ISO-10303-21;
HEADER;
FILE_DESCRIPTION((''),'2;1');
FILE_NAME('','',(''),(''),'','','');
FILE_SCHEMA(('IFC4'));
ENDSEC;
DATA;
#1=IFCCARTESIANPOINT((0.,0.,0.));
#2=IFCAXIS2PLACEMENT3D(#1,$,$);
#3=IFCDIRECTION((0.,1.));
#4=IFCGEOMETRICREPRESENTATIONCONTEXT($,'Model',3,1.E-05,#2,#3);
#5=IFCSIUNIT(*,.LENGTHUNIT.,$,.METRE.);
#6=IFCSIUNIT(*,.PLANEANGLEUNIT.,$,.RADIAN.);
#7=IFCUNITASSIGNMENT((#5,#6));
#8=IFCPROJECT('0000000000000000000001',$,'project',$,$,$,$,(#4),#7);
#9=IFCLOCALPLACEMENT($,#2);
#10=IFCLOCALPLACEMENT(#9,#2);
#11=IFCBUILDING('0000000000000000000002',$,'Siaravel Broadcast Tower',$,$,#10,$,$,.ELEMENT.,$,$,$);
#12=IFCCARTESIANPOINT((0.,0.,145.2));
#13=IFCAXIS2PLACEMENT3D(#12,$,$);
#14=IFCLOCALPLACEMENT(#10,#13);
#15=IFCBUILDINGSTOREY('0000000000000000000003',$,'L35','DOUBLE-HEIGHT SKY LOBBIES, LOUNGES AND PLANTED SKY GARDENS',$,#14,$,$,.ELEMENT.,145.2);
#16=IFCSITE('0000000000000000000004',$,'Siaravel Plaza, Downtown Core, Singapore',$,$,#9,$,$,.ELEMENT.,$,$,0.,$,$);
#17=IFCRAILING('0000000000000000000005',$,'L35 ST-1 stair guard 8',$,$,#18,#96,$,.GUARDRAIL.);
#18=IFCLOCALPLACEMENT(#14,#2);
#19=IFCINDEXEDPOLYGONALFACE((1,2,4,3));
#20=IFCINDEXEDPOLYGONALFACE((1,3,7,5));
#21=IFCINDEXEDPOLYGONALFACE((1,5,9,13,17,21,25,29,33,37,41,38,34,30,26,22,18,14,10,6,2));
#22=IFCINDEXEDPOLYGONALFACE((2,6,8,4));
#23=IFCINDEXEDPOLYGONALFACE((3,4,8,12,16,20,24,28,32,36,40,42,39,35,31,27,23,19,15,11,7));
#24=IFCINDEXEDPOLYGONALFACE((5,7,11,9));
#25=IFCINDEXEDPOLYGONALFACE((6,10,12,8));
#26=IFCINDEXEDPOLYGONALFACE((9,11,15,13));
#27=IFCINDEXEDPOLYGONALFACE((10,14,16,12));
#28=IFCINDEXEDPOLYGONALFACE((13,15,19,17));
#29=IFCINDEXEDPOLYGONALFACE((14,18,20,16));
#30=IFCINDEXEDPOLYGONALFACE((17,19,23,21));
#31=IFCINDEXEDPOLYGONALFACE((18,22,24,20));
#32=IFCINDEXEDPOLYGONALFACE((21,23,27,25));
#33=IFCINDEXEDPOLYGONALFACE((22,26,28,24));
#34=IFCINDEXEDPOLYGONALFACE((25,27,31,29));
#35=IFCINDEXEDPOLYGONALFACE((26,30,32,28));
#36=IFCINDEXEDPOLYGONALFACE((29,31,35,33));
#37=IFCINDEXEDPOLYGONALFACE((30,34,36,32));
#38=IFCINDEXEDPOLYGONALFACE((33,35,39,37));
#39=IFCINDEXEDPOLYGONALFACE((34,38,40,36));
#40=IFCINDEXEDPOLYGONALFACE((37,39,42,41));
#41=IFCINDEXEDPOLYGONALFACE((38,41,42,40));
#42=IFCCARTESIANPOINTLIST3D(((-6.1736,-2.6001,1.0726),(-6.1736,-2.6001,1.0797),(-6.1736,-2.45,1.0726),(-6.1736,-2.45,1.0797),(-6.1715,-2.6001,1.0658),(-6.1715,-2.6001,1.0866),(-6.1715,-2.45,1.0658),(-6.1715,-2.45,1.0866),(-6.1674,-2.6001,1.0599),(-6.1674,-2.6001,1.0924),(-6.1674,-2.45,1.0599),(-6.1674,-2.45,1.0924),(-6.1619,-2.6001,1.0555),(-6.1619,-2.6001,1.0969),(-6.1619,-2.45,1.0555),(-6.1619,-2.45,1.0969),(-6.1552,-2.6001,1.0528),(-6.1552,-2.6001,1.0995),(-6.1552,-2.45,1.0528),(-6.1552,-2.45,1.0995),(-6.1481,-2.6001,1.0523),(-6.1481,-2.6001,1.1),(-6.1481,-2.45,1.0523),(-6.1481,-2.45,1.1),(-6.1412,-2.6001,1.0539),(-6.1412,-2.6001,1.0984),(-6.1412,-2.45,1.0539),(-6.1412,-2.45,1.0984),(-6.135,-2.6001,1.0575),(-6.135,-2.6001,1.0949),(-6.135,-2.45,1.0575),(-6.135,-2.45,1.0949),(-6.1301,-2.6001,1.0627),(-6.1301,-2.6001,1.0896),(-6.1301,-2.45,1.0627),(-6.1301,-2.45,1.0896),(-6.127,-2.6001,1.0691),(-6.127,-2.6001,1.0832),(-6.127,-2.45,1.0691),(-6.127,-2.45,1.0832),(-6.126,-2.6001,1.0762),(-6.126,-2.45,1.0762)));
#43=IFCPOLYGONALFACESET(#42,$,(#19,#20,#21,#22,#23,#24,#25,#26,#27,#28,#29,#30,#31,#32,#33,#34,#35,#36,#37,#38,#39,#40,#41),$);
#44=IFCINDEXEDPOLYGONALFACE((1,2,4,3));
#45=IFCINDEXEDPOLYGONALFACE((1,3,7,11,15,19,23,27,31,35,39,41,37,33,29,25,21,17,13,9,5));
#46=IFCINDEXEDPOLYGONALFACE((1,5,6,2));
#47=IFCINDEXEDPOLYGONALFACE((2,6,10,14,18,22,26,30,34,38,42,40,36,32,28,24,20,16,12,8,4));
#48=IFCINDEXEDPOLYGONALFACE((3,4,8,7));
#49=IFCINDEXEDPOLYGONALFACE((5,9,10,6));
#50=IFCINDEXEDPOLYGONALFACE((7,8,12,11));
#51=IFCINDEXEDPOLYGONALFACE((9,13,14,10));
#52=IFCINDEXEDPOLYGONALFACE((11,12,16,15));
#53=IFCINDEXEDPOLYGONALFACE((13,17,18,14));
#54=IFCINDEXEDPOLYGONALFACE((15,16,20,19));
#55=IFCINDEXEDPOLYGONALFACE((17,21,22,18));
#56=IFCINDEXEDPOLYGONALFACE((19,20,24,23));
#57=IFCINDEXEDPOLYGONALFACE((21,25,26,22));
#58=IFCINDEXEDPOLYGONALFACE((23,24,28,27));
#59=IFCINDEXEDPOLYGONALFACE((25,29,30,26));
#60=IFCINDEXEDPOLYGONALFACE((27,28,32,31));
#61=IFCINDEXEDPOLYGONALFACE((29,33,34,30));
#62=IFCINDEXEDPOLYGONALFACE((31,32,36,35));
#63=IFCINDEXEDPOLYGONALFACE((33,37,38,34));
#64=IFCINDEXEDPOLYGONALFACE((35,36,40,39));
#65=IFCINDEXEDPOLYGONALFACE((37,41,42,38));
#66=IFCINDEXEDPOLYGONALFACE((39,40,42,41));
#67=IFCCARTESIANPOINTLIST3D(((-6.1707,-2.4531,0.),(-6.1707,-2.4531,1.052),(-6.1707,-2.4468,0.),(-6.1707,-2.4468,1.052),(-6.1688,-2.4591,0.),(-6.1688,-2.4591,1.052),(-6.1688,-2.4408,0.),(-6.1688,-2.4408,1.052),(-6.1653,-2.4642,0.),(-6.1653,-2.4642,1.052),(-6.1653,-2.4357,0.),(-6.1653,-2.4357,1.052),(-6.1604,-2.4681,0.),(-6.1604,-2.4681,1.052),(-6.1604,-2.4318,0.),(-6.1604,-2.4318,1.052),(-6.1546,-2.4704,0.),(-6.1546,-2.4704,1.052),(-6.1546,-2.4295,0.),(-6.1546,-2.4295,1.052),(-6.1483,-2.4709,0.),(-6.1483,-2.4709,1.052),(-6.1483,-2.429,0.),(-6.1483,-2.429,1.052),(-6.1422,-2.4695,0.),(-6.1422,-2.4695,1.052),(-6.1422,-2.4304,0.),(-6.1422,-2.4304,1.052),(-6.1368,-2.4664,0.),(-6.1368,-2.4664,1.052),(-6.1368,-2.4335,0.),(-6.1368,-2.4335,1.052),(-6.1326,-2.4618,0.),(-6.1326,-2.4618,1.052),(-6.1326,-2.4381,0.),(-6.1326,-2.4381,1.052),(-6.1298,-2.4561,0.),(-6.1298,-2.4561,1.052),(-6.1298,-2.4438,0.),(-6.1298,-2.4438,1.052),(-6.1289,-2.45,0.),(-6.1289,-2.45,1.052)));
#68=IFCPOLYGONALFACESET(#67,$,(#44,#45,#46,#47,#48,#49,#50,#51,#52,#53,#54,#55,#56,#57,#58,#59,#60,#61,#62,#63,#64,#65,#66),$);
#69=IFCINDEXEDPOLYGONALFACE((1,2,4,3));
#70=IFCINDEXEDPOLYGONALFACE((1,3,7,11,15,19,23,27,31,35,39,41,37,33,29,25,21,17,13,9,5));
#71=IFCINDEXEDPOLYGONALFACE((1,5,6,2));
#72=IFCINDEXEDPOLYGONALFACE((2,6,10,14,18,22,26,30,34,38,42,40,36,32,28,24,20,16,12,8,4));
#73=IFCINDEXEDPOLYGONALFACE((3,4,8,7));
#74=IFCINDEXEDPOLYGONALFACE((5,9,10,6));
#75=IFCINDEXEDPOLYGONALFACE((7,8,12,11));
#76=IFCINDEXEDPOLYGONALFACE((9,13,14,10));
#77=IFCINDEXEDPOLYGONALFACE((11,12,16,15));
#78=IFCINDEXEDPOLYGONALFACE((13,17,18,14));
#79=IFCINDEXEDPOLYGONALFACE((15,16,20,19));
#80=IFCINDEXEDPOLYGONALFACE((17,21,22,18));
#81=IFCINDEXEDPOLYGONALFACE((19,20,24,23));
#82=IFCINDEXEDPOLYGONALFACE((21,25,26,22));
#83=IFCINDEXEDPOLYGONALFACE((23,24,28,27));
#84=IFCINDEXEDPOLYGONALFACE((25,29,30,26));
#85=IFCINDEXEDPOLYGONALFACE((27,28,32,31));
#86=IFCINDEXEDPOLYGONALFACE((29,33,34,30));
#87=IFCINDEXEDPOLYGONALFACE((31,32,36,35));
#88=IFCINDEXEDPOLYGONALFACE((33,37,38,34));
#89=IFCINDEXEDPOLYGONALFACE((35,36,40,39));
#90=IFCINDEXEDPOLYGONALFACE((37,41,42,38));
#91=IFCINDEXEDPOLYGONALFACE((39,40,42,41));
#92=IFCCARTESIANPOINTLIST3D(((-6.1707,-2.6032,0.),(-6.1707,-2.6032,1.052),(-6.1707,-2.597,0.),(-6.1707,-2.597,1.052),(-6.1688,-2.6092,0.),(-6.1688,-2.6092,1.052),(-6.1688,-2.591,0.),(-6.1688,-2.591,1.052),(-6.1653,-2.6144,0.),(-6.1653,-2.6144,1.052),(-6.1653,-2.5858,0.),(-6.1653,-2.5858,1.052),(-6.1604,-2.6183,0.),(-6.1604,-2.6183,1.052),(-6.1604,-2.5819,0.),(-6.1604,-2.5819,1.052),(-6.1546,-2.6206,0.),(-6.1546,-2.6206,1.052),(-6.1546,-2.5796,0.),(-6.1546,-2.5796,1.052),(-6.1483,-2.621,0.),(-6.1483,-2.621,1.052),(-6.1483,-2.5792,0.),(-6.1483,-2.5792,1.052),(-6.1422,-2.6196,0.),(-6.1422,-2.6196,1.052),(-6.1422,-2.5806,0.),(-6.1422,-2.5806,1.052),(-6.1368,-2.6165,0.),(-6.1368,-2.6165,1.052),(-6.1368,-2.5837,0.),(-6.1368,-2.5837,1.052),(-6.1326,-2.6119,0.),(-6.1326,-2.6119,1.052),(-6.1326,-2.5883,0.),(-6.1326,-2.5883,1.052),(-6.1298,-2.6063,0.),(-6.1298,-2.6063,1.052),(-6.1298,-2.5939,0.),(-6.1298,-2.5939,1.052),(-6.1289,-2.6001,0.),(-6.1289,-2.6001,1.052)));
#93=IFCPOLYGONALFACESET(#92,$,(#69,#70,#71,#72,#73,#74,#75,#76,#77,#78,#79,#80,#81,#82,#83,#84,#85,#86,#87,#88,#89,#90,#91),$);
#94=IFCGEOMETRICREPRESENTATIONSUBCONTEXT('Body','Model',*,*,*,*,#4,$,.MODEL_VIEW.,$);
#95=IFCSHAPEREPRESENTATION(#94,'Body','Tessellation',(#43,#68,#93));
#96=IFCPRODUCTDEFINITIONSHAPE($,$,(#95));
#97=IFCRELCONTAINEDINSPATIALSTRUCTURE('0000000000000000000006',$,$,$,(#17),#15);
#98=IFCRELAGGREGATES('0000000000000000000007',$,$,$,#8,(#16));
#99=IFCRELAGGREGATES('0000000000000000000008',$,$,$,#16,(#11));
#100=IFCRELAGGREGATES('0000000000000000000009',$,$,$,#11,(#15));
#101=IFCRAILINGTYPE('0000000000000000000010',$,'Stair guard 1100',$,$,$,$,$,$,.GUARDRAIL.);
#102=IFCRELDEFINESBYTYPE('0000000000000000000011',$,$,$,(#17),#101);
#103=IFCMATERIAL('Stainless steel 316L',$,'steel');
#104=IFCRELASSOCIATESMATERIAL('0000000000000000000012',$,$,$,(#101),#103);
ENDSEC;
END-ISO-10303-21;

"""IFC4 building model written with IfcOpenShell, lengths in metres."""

from ifc_helpers import new_model, si_unit, direction, frame, origin, origin_2d, place, context, subcontext, project, spatial, circle, extrude, material, type_object, element, save


model = new_model("IFC4")

# Units and contexts
model_context = context("Model", 3, precision=1e-05, world=origin(), true_north=direction((0.0, 1.0)))
body_context = subcontext(model_context, "Body", "Model", "MODEL_VIEW")
ifc_project = project(units=[si_unit("LENGTHUNIT", "METRE"), si_unit("PLANEANGLEUNIT", "RADIAN")], contexts=[model_context])

# Site, building, storey
site_placement = place(None, origin())
site = spatial("IfcSite", under=ifc_project, at=site_placement, Name="Siaravel Plaza, Downtown Core, Singapore", CompositionType="ELEMENT", RefElevation=0.0)
building_placement = place(site_placement, origin())
building = spatial("IfcBuilding", under=site, at=building_placement, Name="Siaravel Broadcast Tower", CompositionType="ELEMENT")
storey_placement = place(building_placement, frame((0.0, 0.0, 145.2)))
storey = spatial("IfcBuildingStorey", under=building, at=storey_placement, Name="L35", Description="DOUBLE-HEIGHT SKY LOBBIES, LOUNGES AND PLANTED SKY GARDENS", CompositionType="ELEMENT", Elevation=145.2)

# Railing
ifc_material_1 = material(Name="Stainless steel 316L", Category="steel")
railing_type_1 = type_object("IfcRailingType", Name="Stair guard 1100", PredefinedType="GUARDRAIL", material=ifc_material_1)
railing_1_placement = place(storey_placement, frame((-6.1499, -2.45, 0.0)))
element("IfcRailing", 1, at=railing_1_placement, inside=storey, type_object=railing_type_1, Name="L35 ST-1 stair guard 8", PredefinedType="GUARDRAIL", context=body_context, shape_type="SweptSolid", body=[
    extrude(circle(Radius=0.0239, at=origin_2d()), frame((0.0, 0.0, 1.0762), z_axis=(0.0, -1.0, 0.0), x_axis=(1.0, 0.0, 0.0)), (0.0, 0.0, 1.0), 0.1501),
    extrude(circle(Radius=0.021, at=origin_2d()), origin(), (0.0, 0.0, 1.0), 1.052),
    extrude(circle(Radius=0.021, at=origin_2d()), frame((0.0, -0.1501, 0.0)), (0.0, 0.0, 1.0), 1.052),
])

save(model, "model.ifc")
